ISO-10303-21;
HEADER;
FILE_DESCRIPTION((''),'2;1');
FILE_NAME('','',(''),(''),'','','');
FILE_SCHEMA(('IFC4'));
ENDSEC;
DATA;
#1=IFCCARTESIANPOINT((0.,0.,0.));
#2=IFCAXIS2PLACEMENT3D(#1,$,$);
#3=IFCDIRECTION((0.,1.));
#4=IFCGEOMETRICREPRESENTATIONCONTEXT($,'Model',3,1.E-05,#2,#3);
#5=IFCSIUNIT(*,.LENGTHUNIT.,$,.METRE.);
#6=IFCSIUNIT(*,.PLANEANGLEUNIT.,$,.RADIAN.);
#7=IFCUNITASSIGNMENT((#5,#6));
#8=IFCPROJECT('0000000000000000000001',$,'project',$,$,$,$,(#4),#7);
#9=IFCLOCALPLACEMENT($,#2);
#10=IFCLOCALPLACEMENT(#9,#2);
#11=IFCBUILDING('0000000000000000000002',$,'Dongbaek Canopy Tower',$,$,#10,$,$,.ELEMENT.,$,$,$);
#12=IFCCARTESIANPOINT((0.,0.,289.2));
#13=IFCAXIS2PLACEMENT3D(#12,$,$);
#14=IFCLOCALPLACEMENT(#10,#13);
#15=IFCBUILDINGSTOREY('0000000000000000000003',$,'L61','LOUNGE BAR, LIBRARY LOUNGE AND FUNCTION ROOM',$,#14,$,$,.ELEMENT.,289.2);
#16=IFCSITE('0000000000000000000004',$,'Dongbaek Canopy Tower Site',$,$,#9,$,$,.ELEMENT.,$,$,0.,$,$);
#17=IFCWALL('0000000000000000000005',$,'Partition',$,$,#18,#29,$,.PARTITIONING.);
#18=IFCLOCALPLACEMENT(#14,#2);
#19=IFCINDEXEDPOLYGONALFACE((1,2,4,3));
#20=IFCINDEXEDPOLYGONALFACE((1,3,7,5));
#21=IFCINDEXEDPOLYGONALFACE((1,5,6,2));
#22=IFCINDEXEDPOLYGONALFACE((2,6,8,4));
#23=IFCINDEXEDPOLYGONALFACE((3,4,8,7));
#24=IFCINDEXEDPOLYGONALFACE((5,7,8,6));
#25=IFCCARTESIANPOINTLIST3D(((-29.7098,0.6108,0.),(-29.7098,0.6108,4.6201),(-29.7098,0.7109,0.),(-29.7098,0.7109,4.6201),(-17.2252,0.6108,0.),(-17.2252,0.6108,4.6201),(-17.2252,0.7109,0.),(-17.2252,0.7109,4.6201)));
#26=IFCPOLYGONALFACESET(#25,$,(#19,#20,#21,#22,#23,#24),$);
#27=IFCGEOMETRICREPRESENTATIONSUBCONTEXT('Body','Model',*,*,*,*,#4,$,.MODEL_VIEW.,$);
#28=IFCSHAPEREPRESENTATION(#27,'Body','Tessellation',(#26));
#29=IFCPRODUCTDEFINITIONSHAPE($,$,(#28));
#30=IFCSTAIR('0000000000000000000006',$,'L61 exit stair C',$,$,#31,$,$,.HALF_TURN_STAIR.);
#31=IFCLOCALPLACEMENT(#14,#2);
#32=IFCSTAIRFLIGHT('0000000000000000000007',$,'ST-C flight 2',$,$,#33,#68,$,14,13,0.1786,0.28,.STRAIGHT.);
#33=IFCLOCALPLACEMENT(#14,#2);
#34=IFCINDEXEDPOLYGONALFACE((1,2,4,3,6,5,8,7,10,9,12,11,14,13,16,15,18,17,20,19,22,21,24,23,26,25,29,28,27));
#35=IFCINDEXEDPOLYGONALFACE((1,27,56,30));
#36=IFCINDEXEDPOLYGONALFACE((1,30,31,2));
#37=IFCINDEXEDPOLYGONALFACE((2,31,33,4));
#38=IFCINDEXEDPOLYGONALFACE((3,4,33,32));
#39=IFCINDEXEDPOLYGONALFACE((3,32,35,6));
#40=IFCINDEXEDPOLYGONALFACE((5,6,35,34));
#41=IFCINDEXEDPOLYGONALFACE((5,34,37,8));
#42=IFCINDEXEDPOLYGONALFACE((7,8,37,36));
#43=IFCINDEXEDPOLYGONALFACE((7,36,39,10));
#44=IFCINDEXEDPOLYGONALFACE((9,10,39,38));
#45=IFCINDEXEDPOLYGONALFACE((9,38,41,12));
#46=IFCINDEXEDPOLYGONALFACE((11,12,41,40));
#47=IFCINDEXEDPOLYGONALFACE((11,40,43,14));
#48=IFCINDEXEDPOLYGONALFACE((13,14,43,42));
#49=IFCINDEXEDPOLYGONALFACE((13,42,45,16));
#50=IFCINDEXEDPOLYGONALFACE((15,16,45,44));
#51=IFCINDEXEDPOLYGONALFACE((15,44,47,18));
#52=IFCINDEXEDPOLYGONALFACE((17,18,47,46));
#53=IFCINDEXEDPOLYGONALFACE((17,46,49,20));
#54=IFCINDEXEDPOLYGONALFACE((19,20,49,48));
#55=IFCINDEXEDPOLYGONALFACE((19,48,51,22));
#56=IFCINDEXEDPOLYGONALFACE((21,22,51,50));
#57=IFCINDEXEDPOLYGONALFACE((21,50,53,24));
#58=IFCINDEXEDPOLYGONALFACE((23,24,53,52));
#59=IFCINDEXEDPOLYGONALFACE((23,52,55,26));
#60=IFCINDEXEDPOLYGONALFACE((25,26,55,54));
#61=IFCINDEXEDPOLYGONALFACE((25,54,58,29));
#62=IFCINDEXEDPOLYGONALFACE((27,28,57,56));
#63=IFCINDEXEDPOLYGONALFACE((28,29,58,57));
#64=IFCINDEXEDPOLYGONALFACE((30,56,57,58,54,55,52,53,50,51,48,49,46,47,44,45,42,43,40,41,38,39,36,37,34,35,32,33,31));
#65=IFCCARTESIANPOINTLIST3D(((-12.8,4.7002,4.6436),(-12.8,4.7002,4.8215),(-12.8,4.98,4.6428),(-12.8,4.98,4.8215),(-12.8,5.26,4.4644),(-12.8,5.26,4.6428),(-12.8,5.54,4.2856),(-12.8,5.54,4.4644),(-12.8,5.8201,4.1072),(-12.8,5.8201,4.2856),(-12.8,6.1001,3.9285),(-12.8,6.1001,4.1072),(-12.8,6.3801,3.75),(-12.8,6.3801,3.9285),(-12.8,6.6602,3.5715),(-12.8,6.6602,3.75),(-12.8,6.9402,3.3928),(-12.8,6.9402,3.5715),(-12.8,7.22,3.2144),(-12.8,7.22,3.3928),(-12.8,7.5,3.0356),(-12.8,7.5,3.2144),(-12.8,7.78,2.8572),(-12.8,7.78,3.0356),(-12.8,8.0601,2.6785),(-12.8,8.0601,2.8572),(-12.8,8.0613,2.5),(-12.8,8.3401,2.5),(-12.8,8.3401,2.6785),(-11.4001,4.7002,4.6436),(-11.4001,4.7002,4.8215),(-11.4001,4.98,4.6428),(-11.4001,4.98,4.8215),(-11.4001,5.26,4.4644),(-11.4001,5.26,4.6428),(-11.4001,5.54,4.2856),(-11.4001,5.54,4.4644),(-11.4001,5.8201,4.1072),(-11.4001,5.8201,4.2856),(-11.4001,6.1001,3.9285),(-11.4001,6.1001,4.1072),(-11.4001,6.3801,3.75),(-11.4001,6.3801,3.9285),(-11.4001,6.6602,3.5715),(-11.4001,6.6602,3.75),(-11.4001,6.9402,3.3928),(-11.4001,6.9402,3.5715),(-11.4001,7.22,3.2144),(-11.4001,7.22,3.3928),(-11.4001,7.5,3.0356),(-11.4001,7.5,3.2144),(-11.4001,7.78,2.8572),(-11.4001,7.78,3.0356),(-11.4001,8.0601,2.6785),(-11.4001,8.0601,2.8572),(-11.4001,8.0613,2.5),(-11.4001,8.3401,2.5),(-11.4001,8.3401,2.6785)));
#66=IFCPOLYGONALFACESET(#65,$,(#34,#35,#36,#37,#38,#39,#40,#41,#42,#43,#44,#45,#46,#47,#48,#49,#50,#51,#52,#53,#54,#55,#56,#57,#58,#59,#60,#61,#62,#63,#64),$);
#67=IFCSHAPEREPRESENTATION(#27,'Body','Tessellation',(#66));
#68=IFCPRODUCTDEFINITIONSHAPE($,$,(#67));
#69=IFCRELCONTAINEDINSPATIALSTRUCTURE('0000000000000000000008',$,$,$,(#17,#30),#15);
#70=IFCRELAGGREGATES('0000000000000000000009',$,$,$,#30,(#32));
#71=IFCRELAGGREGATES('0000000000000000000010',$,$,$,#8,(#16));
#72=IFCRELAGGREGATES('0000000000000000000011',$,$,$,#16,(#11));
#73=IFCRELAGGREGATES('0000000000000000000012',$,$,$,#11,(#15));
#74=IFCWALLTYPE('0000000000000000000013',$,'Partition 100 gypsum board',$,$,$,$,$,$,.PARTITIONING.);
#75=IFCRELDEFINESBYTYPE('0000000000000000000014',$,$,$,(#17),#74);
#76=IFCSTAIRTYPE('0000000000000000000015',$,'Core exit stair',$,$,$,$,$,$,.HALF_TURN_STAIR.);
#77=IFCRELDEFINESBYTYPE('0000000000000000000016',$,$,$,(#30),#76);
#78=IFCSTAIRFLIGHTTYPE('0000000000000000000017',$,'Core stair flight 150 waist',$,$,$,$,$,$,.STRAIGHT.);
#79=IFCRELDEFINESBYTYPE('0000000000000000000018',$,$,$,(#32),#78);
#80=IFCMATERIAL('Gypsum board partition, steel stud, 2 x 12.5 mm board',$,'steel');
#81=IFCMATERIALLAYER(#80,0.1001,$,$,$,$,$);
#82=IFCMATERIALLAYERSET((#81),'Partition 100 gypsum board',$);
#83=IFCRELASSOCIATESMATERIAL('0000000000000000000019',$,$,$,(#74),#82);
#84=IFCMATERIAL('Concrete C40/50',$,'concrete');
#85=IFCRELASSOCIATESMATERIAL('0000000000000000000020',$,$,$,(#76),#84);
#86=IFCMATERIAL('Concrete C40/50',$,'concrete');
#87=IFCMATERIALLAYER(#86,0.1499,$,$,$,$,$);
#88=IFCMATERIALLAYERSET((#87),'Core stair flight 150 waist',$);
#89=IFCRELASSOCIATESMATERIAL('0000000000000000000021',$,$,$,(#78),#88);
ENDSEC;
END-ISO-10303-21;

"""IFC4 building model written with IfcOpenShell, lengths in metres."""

from ifc_helpers import new_model, si_unit, direction, frame, frame_2d, origin, place, context, subcontext, project, spatial, polyline, rectangle, outline, extrude, material, layer, layer_set, type_object, element, aggregate, save


model = new_model("IFC4")

# Units and contexts
model_context = context("Model", 3, precision=1e-05, world=origin(), true_north=direction((0.0, 1.0)))
body_context = subcontext(model_context, "Body", "Model", "MODEL_VIEW")
ifc_project = project(units=[si_unit("LENGTHUNIT", "METRE"), si_unit("PLANEANGLEUNIT", "RADIAN")], contexts=[model_context])

# Site, building, storey
site_placement = place(None, origin())
site = spatial("IfcSite", under=ifc_project, at=site_placement, Name="Dongbaek Canopy Tower Site", CompositionType="ELEMENT", RefElevation=0.0)
building_placement = place(site_placement, origin())
building = spatial("IfcBuilding", under=site, at=building_placement, Name="Dongbaek Canopy Tower", CompositionType="ELEMENT")
storey_placement = place(building_placement, frame((0.0, 0.0, 289.2)))
storey = spatial("IfcBuildingStorey", under=building, at=storey_placement, Name="L61", Description="LOUNGE BAR, LIBRARY LOUNGE AND FUNCTION ROOM", CompositionType="ELEMENT", Elevation=289.2)

# Wall
ifc_material_1 = material(Name="Gypsum board partition, steel stud, 2 x 12.5 mm board", Category="steel")
ifc_layer_1 = layer(ifc_material_1, 0.1001)
ifc_layer_set_1 = layer_set([ifc_layer_1], Name="Partition 100 gypsum board")
wall_type_1 = type_object("IfcWallType", Name="Partition 100 gypsum board", PredefinedType="PARTITIONING", material=ifc_layer_set_1)
wall_1_placement = place(storey_placement, frame((-29.7097, 0.6609, 0.0), z_axis=(0.0, 0.0, 1.0), x_axis=(1.0, 0.0, 0.0)))
element("IfcWall", 1, at=wall_1_placement, inside=storey, type_object=wall_type_1, Name="Partition", PredefinedType="PARTITIONING", context=body_context, shape_type="SweptSolid", body=[
    extrude(rectangle(XDim=12.4846, YDim=0.1001, at=frame_2d((6.2422, 0.0))), origin(), (0.0, 0.0, 1.0), 4.6201),
])

# Stair, stair flight
ifc_material_2 = material(Name="Concrete C40/50", Category="concrete")
stair_type = type_object("IfcStairType", Name="Core exit stair", PredefinedType="HALF_TURN_STAIR", material=ifc_material_2)
stair_placement = place(storey_placement, origin())
stair = element("IfcStair", 2, at=stair_placement, inside=storey, type_object=stair_type, Name="L61 exit stair C", PredefinedType="HALF_TURN_STAIR")
ifc_material_3 = material(Name="Concrete C40/50", Category="concrete")
ifc_layer_2 = layer(ifc_material_3, 0.1499)
ifc_layer_set_2 = layer_set([ifc_layer_2], Name="Core stair flight 150 waist")
stair_flight_type = type_object("IfcStairFlightType", Name="Core stair flight 150 waist", PredefinedType="STRAIGHT", material=ifc_layer_set_2)
stair_flight_placement = place(storey_placement, frame((-12.1001, 8.3401, 2.5), z_axis=(0.0, 0.0, 1.0), x_axis=(0.0, -1.0, 0.0)))
stair_flight = element("IfcStairFlight", 3, at=stair_flight_placement, type_object=stair_flight_type, Name="ST-C flight 2", NumberOfRisers=14, NumberOfTreads=13, PredefinedType="STRAIGHT", RiserHeight=0.1786, TreadLength=0.28, context=body_context, shape_type="SweptSolid", body=[
    extrude(outline(polyline([(0.0, 0.0), (0.0, 0.1785), (0.28, 0.1785), (0.28, 0.3572), (0.5601, 0.3572), (0.5601, 0.5356), (0.8401, 0.5356), (0.8401, 0.7144), (1.1201, 0.7144), (1.1201, 0.8928), (1.3999, 0.8928), (1.3999, 1.0715), (1.6799, 1.0715), (1.6799, 1.25), (1.96, 1.25), (1.96, 1.4285), (2.24, 1.4285), (2.24, 1.6072), (2.52, 1.6072), (2.52, 1.7856), (2.8, 1.7856), (2.8, 1.9644), (3.0801, 1.9644), (3.0801, 2.1428), (3.3601, 2.1428), (3.3601, 2.3215), (3.6399, 2.3215), (3.6399, 2.5), (3.6399, 2.1436), (0.2788, 0.0), (0.0, 0.0)])), frame((0.0, 0.7, 0.0), z_axis=(0.0, -1.0, 0.0), x_axis=(1.0, 0.0, 0.0)), (0.0, 0.0, 1.0), 1.3999),
])
aggregate(stair, [stair_flight])

save(model, "model.ifc")
